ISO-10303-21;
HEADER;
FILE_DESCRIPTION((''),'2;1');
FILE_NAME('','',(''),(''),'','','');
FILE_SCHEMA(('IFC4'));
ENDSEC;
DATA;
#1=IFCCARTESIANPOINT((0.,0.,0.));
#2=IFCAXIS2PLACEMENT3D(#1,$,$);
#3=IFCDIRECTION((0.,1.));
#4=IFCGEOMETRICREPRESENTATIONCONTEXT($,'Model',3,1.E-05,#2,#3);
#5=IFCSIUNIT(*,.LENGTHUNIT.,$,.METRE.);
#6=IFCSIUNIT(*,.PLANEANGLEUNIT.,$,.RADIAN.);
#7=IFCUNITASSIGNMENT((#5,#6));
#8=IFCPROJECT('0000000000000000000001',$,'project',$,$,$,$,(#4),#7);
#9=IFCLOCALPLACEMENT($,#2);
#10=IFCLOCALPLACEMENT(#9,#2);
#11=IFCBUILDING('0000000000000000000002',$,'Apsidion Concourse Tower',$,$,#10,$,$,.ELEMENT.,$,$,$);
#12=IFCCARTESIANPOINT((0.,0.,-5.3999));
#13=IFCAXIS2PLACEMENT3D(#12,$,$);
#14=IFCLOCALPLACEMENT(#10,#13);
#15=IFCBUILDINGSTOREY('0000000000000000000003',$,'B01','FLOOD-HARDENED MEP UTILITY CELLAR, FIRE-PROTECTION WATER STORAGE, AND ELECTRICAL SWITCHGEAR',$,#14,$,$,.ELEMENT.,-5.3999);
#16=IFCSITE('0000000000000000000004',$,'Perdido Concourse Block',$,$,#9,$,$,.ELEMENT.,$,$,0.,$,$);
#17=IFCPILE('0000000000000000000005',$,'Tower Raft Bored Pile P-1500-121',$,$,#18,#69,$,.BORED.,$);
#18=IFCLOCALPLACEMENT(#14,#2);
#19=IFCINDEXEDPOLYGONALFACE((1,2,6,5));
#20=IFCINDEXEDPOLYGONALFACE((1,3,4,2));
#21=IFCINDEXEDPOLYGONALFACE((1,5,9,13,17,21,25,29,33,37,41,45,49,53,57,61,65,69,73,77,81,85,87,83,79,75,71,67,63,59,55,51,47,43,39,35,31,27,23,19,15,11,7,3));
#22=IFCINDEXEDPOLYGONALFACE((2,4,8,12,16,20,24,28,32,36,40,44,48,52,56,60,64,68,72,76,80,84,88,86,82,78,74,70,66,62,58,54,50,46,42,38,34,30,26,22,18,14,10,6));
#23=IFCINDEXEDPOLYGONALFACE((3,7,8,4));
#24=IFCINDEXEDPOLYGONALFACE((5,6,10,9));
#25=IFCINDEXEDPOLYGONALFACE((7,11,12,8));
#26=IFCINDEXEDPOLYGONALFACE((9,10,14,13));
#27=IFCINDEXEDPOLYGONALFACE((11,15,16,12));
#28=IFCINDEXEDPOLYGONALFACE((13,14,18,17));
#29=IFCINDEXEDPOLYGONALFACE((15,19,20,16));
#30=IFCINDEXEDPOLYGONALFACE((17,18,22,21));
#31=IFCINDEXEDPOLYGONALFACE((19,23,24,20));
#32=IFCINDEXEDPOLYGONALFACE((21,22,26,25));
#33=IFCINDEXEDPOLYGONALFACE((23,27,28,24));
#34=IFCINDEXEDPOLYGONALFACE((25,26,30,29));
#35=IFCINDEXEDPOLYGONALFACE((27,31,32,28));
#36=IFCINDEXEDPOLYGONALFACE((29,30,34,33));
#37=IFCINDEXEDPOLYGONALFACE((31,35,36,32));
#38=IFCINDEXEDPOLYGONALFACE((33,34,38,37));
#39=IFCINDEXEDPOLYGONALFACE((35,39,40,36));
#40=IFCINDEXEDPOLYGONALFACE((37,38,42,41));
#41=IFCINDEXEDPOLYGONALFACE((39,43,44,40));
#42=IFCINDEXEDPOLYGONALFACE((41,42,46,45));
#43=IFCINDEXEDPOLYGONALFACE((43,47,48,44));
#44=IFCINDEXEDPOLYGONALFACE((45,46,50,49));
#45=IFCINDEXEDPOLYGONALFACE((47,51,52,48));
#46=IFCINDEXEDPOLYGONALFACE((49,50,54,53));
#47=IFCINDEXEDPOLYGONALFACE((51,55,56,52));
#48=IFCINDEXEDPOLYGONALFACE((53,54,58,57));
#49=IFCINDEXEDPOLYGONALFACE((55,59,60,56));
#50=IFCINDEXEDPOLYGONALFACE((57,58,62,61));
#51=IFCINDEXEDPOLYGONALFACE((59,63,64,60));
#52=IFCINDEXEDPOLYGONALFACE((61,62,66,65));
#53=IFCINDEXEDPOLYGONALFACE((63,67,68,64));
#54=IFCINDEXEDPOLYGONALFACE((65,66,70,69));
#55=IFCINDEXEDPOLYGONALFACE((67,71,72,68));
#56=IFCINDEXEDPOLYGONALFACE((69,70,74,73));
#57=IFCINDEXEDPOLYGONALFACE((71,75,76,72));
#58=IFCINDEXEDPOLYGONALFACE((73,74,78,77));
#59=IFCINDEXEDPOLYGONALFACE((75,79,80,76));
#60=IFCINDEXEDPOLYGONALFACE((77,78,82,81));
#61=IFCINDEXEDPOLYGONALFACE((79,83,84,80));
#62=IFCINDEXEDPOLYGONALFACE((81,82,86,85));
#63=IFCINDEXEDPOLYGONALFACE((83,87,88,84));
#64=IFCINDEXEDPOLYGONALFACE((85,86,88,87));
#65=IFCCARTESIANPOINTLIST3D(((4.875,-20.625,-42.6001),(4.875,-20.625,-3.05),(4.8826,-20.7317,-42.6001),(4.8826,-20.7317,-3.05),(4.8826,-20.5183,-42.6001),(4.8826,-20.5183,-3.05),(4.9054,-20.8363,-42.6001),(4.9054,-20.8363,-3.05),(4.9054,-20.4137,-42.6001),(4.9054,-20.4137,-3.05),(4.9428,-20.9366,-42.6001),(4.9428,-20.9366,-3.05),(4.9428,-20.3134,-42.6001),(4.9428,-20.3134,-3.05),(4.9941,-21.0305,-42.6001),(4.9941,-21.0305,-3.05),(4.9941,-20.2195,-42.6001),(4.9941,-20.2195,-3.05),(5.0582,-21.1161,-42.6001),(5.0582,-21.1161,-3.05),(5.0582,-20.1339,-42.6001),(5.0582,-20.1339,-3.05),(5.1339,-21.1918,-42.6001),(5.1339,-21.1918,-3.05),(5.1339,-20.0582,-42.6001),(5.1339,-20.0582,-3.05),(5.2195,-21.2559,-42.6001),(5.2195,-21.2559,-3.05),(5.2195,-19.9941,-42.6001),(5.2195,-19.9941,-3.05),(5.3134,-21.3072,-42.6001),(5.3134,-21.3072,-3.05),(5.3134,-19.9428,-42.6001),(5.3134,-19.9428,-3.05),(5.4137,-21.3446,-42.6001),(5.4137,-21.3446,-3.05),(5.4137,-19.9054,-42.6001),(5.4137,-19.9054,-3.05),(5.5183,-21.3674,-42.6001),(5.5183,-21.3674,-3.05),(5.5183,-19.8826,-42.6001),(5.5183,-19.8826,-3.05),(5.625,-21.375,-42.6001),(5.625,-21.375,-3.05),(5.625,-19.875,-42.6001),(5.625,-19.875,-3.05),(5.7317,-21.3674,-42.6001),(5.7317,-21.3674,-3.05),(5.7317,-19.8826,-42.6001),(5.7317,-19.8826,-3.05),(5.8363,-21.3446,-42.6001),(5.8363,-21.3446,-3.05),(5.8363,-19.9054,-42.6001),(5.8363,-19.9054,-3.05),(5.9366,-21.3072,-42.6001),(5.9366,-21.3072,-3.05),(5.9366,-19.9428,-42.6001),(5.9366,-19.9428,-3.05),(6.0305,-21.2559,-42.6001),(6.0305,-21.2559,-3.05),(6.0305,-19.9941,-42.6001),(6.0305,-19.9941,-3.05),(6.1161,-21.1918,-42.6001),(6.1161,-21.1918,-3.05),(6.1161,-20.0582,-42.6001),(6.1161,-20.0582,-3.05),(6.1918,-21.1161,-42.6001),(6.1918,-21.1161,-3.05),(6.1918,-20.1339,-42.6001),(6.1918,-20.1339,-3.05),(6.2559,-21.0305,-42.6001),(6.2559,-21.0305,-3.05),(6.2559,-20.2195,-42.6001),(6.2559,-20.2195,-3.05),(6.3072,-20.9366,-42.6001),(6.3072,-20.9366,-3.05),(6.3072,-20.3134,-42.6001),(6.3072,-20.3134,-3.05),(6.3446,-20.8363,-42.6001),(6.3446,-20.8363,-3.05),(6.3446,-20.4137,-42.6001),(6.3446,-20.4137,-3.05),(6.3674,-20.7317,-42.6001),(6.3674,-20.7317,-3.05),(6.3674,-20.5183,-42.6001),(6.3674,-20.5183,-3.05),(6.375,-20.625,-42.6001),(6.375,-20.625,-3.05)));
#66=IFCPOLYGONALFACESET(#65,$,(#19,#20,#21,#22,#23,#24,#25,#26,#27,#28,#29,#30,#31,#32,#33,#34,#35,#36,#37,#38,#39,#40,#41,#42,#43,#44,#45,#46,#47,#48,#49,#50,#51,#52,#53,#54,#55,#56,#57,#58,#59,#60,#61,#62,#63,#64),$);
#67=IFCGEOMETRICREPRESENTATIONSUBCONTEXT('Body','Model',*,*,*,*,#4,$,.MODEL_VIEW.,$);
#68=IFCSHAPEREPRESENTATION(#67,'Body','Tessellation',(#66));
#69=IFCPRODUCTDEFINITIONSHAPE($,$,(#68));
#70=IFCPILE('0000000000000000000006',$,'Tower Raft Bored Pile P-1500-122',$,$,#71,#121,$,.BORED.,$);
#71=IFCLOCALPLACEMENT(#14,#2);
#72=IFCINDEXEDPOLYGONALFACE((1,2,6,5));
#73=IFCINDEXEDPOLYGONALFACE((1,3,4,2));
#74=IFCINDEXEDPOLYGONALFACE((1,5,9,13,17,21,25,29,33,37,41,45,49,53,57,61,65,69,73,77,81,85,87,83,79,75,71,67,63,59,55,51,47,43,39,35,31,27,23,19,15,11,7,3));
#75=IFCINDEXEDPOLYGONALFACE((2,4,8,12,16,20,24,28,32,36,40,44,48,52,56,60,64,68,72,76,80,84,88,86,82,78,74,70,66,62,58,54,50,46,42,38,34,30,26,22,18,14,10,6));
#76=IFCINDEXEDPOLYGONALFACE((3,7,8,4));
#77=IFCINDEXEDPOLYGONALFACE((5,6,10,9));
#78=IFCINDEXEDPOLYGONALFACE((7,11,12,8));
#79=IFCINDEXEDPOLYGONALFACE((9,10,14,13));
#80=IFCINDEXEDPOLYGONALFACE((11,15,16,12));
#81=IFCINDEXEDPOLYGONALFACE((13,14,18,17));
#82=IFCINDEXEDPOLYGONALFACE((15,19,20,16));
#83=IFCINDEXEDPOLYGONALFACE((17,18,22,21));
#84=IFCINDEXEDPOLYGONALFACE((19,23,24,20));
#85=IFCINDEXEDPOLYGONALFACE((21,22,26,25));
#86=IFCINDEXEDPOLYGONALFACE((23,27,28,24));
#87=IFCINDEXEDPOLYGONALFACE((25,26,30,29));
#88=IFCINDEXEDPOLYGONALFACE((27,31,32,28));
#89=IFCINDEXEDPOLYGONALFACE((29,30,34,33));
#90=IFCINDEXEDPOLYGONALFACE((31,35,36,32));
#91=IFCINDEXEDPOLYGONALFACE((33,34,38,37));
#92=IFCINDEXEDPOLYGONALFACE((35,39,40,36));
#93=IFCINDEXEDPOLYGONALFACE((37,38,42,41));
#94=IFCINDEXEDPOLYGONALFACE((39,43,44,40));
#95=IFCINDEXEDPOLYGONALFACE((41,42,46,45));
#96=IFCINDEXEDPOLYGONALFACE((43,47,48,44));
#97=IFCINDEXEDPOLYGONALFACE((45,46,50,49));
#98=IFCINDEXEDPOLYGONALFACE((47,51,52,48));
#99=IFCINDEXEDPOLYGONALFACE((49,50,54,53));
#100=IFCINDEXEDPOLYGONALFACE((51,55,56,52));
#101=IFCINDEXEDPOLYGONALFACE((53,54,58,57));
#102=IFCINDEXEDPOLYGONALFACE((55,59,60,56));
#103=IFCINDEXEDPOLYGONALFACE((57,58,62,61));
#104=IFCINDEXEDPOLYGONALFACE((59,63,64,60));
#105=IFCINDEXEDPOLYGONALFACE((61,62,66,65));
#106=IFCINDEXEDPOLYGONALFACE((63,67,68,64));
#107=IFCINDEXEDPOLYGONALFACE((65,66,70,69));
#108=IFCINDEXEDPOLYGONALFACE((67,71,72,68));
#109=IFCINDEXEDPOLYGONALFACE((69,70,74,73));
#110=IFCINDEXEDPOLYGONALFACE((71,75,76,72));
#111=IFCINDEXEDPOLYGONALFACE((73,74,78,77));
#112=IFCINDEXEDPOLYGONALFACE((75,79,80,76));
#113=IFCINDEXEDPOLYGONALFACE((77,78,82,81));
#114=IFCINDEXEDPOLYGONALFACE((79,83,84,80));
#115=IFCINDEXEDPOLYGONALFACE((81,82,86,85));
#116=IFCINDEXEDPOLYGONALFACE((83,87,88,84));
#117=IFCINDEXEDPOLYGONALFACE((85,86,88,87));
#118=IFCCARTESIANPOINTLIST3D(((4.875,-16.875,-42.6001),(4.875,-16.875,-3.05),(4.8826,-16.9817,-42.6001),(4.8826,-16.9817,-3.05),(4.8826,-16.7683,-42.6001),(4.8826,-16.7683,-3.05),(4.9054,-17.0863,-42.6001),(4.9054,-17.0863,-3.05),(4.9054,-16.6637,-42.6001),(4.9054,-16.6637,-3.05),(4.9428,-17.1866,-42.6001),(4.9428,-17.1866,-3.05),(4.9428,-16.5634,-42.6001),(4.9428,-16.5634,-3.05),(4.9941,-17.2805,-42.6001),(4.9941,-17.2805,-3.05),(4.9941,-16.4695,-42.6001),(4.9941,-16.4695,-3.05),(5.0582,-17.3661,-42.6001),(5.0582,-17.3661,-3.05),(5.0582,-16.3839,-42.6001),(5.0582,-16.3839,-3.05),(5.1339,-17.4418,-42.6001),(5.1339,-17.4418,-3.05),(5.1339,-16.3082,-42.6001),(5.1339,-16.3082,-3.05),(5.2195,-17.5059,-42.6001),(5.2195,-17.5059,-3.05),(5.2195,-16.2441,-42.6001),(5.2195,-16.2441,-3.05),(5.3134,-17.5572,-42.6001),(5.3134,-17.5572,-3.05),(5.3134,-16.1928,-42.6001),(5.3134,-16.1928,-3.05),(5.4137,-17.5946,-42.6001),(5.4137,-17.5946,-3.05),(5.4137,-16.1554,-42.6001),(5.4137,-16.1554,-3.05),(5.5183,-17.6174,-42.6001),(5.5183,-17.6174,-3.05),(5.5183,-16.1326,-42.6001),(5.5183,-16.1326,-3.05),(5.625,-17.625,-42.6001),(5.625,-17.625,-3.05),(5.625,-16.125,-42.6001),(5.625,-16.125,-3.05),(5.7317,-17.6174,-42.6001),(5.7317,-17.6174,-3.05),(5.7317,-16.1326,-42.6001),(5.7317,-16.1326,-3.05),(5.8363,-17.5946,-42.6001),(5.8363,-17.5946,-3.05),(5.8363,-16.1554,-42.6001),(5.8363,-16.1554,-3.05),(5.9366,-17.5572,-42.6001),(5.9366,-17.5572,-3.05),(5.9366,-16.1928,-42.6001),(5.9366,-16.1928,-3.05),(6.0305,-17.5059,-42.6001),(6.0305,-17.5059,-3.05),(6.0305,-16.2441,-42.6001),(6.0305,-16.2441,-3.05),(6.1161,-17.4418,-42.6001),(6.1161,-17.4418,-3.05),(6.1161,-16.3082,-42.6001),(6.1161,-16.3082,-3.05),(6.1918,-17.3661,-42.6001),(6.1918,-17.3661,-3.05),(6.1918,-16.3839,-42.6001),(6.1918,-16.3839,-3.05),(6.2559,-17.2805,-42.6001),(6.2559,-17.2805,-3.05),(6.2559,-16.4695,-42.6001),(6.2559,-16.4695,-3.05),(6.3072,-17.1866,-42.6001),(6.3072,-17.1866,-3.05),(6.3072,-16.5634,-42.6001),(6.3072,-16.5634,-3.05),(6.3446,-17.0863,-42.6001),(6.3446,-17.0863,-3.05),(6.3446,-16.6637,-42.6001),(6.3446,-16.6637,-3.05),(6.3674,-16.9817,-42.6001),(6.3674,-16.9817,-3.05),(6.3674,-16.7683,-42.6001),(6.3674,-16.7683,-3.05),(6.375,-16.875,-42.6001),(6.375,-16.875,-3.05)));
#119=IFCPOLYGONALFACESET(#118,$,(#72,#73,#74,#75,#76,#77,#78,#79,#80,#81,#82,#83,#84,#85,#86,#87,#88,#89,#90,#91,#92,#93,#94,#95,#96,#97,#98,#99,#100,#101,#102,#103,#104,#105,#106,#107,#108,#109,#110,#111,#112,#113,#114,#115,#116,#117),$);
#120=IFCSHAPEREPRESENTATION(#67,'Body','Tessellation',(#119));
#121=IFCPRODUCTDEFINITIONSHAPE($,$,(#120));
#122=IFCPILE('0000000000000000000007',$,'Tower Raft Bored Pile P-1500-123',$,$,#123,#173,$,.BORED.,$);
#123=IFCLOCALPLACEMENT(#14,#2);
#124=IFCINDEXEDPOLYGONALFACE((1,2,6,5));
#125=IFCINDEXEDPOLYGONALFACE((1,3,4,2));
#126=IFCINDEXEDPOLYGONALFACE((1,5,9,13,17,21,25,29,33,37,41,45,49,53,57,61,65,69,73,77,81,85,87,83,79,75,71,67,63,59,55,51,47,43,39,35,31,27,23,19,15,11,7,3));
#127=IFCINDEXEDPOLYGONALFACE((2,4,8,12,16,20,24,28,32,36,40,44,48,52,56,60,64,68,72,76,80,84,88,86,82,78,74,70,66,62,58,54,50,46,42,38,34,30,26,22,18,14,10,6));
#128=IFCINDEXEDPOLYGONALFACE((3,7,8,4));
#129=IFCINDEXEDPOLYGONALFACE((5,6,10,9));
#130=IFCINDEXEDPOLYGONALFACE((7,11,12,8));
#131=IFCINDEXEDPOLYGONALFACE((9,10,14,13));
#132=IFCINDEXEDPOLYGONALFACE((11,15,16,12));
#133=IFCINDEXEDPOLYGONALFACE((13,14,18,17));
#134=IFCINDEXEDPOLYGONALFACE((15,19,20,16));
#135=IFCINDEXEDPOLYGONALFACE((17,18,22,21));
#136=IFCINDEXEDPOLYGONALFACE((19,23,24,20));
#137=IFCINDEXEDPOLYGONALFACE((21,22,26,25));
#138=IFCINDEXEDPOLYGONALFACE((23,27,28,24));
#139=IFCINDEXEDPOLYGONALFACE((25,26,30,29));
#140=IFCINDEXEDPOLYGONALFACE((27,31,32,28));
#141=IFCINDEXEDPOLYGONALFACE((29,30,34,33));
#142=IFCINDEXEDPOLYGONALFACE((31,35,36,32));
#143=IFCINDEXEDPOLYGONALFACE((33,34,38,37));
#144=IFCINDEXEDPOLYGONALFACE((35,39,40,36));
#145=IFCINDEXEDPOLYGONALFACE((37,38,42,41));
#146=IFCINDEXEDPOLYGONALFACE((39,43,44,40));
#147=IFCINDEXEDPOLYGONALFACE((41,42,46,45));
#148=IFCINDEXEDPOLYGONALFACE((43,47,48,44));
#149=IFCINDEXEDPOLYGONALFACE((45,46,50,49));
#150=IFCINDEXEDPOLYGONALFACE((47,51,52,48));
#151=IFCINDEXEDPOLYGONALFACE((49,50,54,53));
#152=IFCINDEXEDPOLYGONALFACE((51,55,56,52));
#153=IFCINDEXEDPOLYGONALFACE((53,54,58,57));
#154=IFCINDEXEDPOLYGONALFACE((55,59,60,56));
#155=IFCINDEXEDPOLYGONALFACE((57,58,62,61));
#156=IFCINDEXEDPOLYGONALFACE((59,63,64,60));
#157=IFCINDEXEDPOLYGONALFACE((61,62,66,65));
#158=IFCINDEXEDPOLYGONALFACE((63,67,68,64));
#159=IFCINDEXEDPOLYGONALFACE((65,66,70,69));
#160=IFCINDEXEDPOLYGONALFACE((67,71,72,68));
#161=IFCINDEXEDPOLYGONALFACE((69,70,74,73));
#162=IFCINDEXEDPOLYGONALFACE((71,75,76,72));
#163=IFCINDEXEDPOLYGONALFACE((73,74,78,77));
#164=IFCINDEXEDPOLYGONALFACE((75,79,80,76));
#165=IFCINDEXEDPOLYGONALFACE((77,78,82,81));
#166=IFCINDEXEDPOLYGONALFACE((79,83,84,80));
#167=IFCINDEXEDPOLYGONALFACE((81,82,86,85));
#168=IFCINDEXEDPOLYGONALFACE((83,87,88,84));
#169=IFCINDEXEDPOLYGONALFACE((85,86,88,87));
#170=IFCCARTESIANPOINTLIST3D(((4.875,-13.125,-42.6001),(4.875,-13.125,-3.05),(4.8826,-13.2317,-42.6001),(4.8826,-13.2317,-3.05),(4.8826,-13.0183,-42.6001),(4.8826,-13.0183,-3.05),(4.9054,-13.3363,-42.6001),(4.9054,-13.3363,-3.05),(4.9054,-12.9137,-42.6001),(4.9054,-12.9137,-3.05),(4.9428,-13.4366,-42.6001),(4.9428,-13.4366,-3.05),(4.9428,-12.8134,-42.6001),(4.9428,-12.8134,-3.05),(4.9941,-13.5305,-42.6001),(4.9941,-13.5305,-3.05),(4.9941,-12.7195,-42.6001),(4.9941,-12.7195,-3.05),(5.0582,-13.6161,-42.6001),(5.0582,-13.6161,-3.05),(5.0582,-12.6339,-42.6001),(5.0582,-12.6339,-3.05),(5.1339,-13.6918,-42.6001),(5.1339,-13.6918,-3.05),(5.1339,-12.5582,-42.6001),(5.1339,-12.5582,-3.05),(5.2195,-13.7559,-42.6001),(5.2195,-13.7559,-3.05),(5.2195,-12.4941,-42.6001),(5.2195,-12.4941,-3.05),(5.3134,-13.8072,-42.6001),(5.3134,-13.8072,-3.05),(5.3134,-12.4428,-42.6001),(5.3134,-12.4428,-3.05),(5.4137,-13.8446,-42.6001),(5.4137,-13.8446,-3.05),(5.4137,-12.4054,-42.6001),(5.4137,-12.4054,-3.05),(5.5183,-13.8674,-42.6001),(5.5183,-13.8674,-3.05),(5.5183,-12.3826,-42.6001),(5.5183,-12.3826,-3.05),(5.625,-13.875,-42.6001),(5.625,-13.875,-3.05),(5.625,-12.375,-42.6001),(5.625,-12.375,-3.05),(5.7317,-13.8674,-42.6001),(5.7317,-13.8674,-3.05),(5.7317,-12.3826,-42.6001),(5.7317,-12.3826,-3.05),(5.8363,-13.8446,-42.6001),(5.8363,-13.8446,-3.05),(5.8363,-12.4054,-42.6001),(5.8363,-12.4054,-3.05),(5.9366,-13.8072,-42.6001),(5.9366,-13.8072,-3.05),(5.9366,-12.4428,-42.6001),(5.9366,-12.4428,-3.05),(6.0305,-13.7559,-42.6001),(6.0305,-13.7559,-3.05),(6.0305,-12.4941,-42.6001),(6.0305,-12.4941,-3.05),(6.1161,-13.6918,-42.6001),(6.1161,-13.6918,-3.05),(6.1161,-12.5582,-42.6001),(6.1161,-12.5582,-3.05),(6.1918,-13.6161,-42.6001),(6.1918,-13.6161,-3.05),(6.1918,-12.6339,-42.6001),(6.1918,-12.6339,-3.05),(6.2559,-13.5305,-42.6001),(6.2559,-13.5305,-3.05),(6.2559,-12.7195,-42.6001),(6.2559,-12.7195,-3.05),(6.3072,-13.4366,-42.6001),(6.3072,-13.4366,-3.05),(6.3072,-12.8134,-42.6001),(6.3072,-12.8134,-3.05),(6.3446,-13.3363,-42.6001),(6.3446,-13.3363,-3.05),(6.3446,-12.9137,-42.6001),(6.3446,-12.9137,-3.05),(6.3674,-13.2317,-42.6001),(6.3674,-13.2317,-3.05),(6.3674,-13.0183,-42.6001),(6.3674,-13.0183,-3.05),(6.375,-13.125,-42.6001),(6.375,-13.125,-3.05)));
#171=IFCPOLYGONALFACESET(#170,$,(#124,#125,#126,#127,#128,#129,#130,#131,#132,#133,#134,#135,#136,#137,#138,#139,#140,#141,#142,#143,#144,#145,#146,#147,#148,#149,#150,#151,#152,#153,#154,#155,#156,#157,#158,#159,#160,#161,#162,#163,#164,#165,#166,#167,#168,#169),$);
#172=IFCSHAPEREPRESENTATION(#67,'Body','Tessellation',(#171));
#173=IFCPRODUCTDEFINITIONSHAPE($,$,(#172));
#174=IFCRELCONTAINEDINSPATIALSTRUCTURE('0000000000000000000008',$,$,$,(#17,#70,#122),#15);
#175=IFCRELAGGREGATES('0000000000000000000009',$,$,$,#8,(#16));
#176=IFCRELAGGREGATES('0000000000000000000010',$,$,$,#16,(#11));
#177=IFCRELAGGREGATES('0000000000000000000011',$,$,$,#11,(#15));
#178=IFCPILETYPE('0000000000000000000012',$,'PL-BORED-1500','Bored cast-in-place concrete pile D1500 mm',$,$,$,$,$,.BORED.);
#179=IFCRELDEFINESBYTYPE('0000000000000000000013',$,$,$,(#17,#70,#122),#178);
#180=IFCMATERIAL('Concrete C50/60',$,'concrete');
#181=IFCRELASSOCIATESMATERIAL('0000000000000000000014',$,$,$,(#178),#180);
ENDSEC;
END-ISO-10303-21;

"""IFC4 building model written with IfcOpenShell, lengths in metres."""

from ifc_helpers import new_model, si_unit, direction, frame, origin, origin_2d, place, context, subcontext, project, spatial, circle, extrude, material, material_profile, profile_set, type_object, element, save


model = new_model("IFC4")

# Units and contexts
model_context = context("Model", 3, precision=1e-05, world=origin(), true_north=direction((0.0, 1.0)))
body_context = subcontext(model_context, "Body", "Model", "MODEL_VIEW")
ifc_project = project(units=[si_unit("LENGTHUNIT", "METRE"), si_unit("PLANEANGLEUNIT", "RADIAN")], contexts=[model_context])

# Site, building, storey
site_placement = place(None, origin())
site = spatial("IfcSite", under=ifc_project, at=site_placement, Name="Perdido Concourse Block", CompositionType="ELEMENT", RefElevation=0.0)
building_placement = place(site_placement, origin())
building = spatial("IfcBuilding", under=site, at=building_placement, Name="Apsidion Concourse Tower", CompositionType="ELEMENT")
storey_placement = place(building_placement, frame((0.0, 0.0, -5.3999)))
storey = spatial("IfcBuildingStorey", under=building, at=storey_placement, Name="B01", Description="FLOOD-HARDENED MEP UTILITY CELLAR, FIRE-PROTECTION WATER STORAGE, AND ELECTRICAL SWITCHGEAR", CompositionType="ELEMENT", Elevation=-5.3999)

# Shared definitions
ifc_material_1 = material(Name="Concrete C50/60", Category="concrete")

# Piles
ifc_material_profile_1 = material_profile(ifc_material_1, circle(Radius=0.75, at=origin_2d()), Name="BORED PILE D1500")
ifc_profile_set_1 = profile_set([ifc_material_profile_1], Name="Concrete C50/60")
pile_type_1 = type_object("IfcPileType", Name="PL-BORED-1500", Description="Bored cast-in-place concrete pile D1500 mm", PredefinedType="BORED", material=ifc_profile_set_1)
for number, where, z_axis, x_axis, name in (
    (1, (5.625, -20.625, -3.05), (0.0, 0.0, -1.0), (1.0, 0.0, 0.0), "Tower Raft Bored Pile P-1500-121"),
    (2, (5.625, -16.875, -3.05), (0.0, 0.0, -1.0), (1.0, 0.0, 0.0), "Tower Raft Bored Pile P-1500-122"),
    (3, (5.625, -13.125, -3.05), (0.0, 0.0, -1.0), (1.0, 0.0, 0.0), "Tower Raft Bored Pile P-1500-123"),
):
    element("IfcPile", number, at=place(storey_placement, frame(where, z_axis=z_axis, x_axis=x_axis)), inside=storey, type_object=pile_type_1, Name=name, PredefinedType="BORED", context=body_context, shape_type="SweptSolid", body=[
        extrude(circle(Radius=0.75, at=origin_2d()), origin(), (0.0, 0.0, 1.0), 39.55),
    ])

save(model, "model.ifc")
